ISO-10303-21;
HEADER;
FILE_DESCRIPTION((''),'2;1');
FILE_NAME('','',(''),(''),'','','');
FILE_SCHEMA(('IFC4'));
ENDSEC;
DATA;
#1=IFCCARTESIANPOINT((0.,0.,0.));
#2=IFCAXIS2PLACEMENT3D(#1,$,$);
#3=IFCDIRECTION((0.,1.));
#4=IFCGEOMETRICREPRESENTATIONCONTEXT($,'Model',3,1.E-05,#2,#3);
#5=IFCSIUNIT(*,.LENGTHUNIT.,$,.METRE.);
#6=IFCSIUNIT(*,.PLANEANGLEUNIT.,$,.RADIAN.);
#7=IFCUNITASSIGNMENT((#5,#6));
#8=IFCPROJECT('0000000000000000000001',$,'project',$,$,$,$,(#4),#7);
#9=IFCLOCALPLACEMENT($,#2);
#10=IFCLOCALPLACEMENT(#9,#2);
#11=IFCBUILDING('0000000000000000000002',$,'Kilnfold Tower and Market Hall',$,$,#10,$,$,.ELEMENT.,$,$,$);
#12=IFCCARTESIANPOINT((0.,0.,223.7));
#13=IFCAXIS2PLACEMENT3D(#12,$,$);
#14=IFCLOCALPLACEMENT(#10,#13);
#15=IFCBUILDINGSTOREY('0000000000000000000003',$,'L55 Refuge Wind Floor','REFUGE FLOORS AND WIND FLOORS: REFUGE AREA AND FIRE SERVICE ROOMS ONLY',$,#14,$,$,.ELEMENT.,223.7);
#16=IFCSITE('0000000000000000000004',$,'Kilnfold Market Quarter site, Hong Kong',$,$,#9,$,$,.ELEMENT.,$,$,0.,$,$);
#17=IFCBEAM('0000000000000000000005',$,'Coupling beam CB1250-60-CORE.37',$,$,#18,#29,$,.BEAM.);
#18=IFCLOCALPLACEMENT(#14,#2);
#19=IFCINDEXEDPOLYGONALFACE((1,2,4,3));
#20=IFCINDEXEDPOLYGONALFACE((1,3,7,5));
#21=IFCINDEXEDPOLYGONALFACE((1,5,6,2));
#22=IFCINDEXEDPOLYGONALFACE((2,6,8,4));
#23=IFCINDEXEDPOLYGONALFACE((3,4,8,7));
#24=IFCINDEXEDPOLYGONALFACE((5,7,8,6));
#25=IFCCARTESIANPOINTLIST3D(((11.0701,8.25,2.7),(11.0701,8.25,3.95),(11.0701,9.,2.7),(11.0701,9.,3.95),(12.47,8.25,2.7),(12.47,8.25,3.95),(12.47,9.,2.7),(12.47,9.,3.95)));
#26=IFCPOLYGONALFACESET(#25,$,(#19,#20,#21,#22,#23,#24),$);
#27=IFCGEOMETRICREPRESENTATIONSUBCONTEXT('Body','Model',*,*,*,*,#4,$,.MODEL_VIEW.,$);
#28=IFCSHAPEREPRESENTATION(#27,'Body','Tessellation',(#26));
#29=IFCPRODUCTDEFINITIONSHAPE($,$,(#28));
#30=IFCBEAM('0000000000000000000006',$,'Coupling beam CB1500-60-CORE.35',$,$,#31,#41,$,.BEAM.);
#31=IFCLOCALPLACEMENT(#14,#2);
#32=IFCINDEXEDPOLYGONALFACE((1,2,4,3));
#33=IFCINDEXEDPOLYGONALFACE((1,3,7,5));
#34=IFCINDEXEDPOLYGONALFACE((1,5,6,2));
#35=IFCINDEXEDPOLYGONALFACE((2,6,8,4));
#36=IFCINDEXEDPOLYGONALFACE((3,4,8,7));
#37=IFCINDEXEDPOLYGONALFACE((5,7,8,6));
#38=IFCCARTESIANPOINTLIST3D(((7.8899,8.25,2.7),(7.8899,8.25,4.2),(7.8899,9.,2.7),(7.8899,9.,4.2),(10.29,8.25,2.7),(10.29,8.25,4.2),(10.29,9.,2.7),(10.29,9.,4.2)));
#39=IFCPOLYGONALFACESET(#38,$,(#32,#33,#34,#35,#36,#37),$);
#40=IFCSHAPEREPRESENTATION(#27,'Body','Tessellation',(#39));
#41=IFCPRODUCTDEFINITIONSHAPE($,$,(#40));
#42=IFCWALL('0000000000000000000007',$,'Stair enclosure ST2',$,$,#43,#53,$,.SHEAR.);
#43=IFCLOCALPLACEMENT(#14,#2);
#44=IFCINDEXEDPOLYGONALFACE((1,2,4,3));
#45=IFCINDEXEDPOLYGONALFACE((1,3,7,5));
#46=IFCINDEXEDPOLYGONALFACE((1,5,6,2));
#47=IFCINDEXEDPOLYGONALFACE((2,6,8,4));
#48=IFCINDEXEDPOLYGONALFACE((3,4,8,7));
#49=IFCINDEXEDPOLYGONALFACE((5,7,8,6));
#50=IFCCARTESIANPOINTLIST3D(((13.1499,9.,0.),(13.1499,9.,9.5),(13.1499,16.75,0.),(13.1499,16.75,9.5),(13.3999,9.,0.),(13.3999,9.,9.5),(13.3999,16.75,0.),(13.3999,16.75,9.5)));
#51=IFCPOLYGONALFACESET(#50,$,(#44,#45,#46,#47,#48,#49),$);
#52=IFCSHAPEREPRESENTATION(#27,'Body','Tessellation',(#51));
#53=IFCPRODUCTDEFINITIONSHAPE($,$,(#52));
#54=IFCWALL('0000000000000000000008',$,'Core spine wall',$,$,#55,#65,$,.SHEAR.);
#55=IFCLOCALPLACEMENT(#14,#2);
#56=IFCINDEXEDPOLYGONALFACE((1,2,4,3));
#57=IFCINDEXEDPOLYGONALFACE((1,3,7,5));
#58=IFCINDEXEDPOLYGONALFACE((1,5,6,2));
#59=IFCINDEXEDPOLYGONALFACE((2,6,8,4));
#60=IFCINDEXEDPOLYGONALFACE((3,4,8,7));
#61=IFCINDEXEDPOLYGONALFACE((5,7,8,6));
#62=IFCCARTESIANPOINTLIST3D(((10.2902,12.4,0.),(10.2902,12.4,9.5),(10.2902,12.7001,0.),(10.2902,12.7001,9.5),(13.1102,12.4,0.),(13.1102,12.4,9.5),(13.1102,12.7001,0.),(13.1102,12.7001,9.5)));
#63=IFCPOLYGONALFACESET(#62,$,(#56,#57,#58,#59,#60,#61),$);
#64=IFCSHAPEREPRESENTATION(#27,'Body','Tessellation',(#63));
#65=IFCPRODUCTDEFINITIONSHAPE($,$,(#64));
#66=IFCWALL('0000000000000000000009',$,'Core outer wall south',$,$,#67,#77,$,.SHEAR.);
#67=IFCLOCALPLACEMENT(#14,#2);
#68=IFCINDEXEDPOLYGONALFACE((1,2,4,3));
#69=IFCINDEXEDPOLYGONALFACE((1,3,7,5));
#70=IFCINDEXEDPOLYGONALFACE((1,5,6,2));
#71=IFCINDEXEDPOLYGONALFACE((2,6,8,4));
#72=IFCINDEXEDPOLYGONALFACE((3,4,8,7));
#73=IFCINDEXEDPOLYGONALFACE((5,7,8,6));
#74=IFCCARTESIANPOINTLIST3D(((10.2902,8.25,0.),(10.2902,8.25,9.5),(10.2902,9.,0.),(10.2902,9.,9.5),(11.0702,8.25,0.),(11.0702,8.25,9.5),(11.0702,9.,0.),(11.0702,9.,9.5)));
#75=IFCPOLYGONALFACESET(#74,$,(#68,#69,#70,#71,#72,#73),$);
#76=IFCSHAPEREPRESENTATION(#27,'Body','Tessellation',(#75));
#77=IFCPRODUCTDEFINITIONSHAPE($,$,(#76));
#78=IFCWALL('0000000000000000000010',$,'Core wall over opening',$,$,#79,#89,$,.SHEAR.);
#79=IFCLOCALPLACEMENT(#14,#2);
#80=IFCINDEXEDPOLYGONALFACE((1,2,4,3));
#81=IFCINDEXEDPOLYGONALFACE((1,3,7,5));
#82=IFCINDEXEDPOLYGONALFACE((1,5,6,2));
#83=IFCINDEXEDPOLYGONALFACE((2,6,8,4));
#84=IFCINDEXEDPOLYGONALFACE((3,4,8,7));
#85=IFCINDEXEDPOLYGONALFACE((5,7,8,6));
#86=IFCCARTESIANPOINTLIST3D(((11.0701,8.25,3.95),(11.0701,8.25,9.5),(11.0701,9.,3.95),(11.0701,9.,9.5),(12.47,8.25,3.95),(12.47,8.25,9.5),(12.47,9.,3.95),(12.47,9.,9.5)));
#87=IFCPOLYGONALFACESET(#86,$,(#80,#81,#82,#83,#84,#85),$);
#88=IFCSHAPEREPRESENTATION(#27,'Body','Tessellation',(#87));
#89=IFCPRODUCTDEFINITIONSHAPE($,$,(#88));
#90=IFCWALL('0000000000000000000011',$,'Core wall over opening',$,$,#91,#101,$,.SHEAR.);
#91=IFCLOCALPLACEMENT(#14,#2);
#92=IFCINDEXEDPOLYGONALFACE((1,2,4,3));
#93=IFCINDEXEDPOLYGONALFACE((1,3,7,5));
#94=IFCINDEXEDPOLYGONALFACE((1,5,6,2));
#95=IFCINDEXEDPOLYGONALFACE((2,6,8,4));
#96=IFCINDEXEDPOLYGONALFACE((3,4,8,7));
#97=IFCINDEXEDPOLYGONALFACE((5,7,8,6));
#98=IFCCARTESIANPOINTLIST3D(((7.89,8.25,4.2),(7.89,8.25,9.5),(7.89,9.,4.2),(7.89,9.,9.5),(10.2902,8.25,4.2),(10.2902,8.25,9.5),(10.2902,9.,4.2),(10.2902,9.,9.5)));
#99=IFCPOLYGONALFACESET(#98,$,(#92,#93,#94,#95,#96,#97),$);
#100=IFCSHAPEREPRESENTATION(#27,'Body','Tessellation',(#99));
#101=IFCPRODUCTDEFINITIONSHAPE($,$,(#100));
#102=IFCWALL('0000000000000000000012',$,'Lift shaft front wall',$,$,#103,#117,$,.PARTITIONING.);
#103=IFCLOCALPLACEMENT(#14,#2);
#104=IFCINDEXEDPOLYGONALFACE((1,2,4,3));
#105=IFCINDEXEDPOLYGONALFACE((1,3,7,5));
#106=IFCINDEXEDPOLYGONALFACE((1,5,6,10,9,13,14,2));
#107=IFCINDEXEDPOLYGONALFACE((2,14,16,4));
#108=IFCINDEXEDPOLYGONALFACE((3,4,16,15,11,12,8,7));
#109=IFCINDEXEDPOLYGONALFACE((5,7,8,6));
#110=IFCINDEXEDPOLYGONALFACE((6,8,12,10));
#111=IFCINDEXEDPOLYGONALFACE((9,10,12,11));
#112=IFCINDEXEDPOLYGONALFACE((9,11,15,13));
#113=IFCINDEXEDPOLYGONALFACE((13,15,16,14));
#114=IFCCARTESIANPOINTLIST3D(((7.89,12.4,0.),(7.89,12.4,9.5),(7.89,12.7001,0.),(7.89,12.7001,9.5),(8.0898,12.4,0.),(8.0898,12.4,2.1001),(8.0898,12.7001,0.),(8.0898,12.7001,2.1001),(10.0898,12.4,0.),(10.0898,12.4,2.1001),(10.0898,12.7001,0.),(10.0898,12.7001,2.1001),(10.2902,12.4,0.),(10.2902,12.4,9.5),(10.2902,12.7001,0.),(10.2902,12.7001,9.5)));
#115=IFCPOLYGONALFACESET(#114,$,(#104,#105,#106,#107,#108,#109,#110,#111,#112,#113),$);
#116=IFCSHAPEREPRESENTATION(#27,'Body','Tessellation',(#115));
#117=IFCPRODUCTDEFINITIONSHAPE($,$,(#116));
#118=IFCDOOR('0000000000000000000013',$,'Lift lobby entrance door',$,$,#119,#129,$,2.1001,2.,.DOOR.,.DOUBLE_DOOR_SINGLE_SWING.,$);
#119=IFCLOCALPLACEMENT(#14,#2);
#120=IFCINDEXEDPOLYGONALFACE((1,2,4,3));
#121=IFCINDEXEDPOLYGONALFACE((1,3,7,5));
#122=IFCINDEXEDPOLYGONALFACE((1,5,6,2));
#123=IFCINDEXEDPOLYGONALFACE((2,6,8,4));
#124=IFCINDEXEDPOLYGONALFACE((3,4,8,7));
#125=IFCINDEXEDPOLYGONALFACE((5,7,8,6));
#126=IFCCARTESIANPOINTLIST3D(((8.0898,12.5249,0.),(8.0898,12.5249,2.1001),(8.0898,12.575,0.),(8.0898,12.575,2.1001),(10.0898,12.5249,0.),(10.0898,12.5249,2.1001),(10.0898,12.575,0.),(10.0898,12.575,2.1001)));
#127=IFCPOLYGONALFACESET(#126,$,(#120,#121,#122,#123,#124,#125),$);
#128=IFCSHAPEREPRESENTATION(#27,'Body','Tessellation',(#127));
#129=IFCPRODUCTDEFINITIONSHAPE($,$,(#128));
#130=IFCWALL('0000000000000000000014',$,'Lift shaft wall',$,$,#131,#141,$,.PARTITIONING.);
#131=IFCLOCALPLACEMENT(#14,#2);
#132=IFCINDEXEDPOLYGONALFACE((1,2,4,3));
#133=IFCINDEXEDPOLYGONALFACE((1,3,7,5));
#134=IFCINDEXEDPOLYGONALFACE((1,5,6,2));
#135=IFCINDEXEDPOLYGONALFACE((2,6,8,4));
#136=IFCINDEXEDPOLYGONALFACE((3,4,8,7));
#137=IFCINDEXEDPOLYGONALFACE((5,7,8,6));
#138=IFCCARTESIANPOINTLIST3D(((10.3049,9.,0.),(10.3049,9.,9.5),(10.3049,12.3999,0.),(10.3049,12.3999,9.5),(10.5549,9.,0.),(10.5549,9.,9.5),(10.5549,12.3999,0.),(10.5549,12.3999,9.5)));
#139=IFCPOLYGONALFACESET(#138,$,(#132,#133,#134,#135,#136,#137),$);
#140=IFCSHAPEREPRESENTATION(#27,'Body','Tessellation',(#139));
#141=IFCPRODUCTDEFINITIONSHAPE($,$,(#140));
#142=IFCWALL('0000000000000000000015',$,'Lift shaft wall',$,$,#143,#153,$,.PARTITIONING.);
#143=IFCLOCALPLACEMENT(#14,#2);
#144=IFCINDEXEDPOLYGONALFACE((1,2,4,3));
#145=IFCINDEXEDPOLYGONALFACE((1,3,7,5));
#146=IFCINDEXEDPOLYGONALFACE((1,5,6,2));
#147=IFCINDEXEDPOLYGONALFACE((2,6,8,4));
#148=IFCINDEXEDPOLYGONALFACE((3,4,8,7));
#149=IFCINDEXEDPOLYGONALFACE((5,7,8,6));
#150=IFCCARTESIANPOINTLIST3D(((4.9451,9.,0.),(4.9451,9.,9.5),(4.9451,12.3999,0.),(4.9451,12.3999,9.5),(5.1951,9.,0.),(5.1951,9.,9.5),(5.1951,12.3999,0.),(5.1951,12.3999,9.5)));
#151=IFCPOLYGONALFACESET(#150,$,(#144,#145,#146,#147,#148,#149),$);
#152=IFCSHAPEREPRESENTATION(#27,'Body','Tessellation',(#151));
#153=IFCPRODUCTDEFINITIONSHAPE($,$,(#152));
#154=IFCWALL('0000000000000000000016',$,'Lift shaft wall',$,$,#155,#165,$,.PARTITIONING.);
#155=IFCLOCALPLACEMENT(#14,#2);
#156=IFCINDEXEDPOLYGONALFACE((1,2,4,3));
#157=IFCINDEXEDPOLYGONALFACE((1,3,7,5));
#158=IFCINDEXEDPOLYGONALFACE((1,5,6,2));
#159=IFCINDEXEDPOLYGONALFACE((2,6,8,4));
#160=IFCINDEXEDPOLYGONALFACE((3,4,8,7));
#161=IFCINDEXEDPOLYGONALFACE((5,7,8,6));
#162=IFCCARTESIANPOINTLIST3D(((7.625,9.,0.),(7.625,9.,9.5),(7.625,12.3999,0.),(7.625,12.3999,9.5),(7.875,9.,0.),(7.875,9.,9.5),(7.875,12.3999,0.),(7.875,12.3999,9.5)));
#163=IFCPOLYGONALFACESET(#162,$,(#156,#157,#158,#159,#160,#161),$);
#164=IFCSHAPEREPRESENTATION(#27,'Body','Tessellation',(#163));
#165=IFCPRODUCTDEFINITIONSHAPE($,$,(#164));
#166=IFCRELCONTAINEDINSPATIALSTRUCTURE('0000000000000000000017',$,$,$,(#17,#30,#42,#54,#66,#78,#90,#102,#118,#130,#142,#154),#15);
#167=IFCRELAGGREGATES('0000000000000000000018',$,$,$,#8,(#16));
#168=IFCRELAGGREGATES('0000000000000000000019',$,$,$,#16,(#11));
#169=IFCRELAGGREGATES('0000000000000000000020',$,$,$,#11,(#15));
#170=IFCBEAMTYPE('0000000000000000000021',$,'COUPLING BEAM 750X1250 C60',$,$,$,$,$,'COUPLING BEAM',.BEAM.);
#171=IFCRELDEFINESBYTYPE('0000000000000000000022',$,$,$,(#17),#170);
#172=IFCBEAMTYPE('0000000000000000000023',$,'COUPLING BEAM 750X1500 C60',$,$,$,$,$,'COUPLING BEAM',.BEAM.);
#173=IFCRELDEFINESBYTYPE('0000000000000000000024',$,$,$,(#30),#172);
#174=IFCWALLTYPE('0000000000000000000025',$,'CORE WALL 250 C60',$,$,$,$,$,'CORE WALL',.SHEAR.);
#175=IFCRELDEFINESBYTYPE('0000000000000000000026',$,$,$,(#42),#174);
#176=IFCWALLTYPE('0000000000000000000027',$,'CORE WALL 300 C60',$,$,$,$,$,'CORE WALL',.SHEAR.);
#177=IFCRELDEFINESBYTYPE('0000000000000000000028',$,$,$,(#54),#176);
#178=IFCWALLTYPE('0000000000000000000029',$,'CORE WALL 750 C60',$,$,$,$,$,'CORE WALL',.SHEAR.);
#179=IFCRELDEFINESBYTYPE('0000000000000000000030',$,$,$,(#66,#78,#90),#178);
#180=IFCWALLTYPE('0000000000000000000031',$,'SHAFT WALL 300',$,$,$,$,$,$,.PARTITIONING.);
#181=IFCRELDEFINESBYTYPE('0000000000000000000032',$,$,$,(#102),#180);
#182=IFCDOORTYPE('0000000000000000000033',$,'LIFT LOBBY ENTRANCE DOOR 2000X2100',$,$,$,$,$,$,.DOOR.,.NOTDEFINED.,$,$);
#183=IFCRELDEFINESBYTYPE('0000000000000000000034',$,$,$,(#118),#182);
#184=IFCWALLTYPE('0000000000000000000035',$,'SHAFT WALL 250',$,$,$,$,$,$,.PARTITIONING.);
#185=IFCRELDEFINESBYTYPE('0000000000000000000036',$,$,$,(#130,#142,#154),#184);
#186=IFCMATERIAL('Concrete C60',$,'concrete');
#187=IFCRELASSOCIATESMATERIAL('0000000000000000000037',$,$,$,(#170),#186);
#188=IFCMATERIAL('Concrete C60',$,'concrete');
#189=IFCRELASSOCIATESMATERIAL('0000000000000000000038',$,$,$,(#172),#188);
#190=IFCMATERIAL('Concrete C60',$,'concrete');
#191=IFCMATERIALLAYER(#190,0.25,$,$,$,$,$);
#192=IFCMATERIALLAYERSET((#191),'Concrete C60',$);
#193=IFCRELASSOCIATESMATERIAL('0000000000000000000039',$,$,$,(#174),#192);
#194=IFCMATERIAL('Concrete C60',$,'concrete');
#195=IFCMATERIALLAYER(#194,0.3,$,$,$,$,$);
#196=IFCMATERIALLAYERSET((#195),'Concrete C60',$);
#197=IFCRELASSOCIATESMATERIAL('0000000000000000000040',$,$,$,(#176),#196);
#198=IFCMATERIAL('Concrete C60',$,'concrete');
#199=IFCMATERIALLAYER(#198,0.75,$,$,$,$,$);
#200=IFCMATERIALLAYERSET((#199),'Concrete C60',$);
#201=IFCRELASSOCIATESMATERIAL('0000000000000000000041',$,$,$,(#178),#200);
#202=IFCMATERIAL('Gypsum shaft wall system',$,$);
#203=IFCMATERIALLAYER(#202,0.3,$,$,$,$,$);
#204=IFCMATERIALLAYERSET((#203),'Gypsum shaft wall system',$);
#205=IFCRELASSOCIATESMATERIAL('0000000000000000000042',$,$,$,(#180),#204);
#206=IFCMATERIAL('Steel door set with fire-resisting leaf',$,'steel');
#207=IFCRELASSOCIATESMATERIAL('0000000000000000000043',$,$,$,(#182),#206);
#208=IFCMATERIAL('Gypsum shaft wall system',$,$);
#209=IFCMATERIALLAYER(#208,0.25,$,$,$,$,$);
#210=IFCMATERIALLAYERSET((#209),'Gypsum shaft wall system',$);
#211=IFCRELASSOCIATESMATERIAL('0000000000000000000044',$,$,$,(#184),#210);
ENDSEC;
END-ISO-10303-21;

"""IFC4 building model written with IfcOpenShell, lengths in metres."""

from ifc_helpers import new_model, si_unit, direction, frame, frame_2d, origin, origin_2d, place, context, subcontext, project, spatial, rectangle, extrude, source, transform, mapped, material, layer, layer_set, material_profile, profile_set, type_object, element, fill, save


model = new_model("IFC4")

# Units and contexts
model_context = context("Model", 3, precision=1e-05, world=origin(), true_north=direction((0.0, 1.0)))
body_context = subcontext(model_context, "Body", "Model", "MODEL_VIEW")
ifc_project = project(units=[si_unit("LENGTHUNIT", "METRE"), si_unit("PLANEANGLEUNIT", "RADIAN")], contexts=[model_context])

# Site, building, storey
site_placement = place(None, origin())
site = spatial("IfcSite", under=ifc_project, at=site_placement, Name="Kilnfold Market Quarter site, Hong Kong", CompositionType="ELEMENT", RefElevation=0.0)
building_placement = place(site_placement, origin())
building = spatial("IfcBuilding", under=site, at=building_placement, Name="Kilnfold Tower and Market Hall", CompositionType="ELEMENT")
storey_placement = place(building_placement, frame((0.0, 0.0, 223.7)))
storey = spatial("IfcBuildingStorey", under=building, at=storey_placement, Name="L55 Refuge Wind Floor", Description="REFUGE FLOORS AND WIND FLOORS: REFUGE AREA AND FIRE SERVICE ROOMS ONLY", CompositionType="ELEMENT", Elevation=223.7)

# Beams
ifc_material_1 = material(Name="Concrete C60", Category="concrete")
ifc_material_profile_1 = material_profile(ifc_material_1, rectangle(XDim=0.75, YDim=1.25, at=origin_2d()), Name="RC 750x1250")
ifc_profile_set_1 = profile_set([ifc_material_profile_1], Name="Concrete C60")
beam_type_1 = type_object("IfcBeamType", Name="COUPLING BEAM 750X1250 C60", ElementType="COUPLING BEAM", PredefinedType="BEAM", material=ifc_profile_set_1)
shared_shape_1 = source(origin(), body_context, "Body", "SweptSolid", [
    extrude(rectangle(XDim=0.75, YDim=1.25, at=origin_2d()), origin(), (0.0, 0.0, 1.0), 1.3999),
])
beam_1_placement = place(storey_placement, frame((11.0701, 8.625, 3.325), z_axis=(1.0, 0.0, 0.0), x_axis=(0.0, 1.0, 0.0)))
element("IfcBeam", 1, at=beam_1_placement, inside=storey, type_object=beam_type_1, Name="Coupling beam CB1250-60-CORE.37", PredefinedType="BEAM", context=body_context, shape_type="MappedRepresentation", body=[
    mapped(shared_shape_1, transform((0.0, 0.0, 0.0))),
])
ifc_material_2 = material(Name="Concrete C60", Category="concrete")
ifc_material_profile_2 = material_profile(ifc_material_2, rectangle(XDim=0.75, YDim=1.5, at=origin_2d()), Name="RC 750x1500")
ifc_profile_set_2 = profile_set([ifc_material_profile_2], Name="Concrete C60")
beam_type_2 = type_object("IfcBeamType", Name="COUPLING BEAM 750X1500 C60", ElementType="COUPLING BEAM", PredefinedType="BEAM", material=ifc_profile_set_2)
shared_shape_2 = source(origin(), body_context, "Body", "SweptSolid", [
    extrude(rectangle(XDim=0.75, YDim=1.5, at=origin_2d()), origin(), (0.0, 0.0, 1.0), 2.4001),
])
beam_2_placement = place(storey_placement, frame((7.8899, 8.625, 3.45), z_axis=(1.0, 0.0, 0.0), x_axis=(0.0, 1.0, 0.0)))
element("IfcBeam", 2, at=beam_2_placement, inside=storey, type_object=beam_type_2, Name="Coupling beam CB1500-60-CORE.35", PredefinedType="BEAM", context=body_context, shape_type="MappedRepresentation", body=[
    mapped(shared_shape_2, transform((0.0, 0.0, 0.0))),
])

# Walls
ifc_material_3 = material(Name="Concrete C60", Category="concrete")
ifc_layer_1 = layer(ifc_material_3, 0.25)
ifc_layer_set_1 = layer_set([ifc_layer_1], Name="Concrete C60")
wall_type_1 = type_object("IfcWallType", Name="CORE WALL 250 C60", ElementType="CORE WALL", PredefinedType="SHEAR", material=ifc_layer_set_1)
shared_shape_3 = source(origin(), body_context, "Body", "SweptSolid", [
    extrude(rectangle(XDim=7.75, YDim=0.25, at=frame_2d((3.875, 0.0))), origin(), (0.0, 0.0, 1.0), 9.5),
])
wall_1_placement = place(storey_placement, frame((13.2749, 9.0, 0.0), z_axis=(0.0, 0.0, 1.0), x_axis=(0.0, 1.0, 0.0)))
element("IfcWall", 3, at=wall_1_placement, inside=storey, type_object=wall_type_1, Name="Stair enclosure ST2", PredefinedType="SHEAR", context=body_context, shape_type="MappedRepresentation", body=[
    mapped(shared_shape_3, transform((0.0, 0.0, 0.0))),
])
ifc_material_4 = material(Name="Concrete C60", Category="concrete")
ifc_layer_2 = layer(ifc_material_4, 0.3)
ifc_layer_set_2 = layer_set([ifc_layer_2], Name="Concrete C60")
wall_type_2 = type_object("IfcWallType", Name="CORE WALL 300 C60", ElementType="CORE WALL", PredefinedType="SHEAR", material=ifc_layer_set_2)
shared_shape_4 = source(origin(), body_context, "Body", "SweptSolid", [
    extrude(rectangle(XDim=2.8201, YDim=0.3, at=frame_2d((1.4102, 0.0))), origin(), (0.0, 0.0, 1.0), 9.5),
])
wall_2_placement = place(storey_placement, frame((10.29, 12.55, 0.0), z_axis=(0.0, 0.0, 1.0), x_axis=(1.0, 0.0, 0.0)))
element("IfcWall", 4, at=wall_2_placement, inside=storey, type_object=wall_type_2, Name="Core spine wall", PredefinedType="SHEAR", context=body_context, shape_type="MappedRepresentation", body=[
    mapped(shared_shape_4, transform((0.0, 0.0, 0.0))),
])
ifc_material_5 = material(Name="Concrete C60", Category="concrete")
ifc_layer_3 = layer(ifc_material_5, 0.75)
ifc_layer_set_3 = layer_set([ifc_layer_3], Name="Concrete C60")
wall_type_3 = type_object("IfcWallType", Name="CORE WALL 750 C60", ElementType="CORE WALL", PredefinedType="SHEAR", material=ifc_layer_set_3)
shared_shape_5 = source(origin(), body_context, "Body", "SweptSolid", [
    extrude(rectangle(XDim=0.78, YDim=0.75, at=frame_2d((0.3901, 0.0))), origin(), (0.0, 0.0, 1.0), 9.5),
])
wall_3_placement = place(storey_placement, frame((10.29, 8.625, 0.0), z_axis=(0.0, 0.0, 1.0), x_axis=(1.0, 0.0, 0.0)))
element("IfcWall", 5, at=wall_3_placement, inside=storey, type_object=wall_type_3, Name="Core outer wall south", PredefinedType="SHEAR", context=body_context, shape_type="MappedRepresentation", body=[
    mapped(shared_shape_5, transform((0.0, 0.0, 0.0))),
])

# Walls
shared_shape_6 = source(origin(), body_context, "Body", "SweptSolid", [
    extrude(rectangle(XDim=1.3999, YDim=0.75, at=frame_2d((0.7, 0.0))), origin(), (0.0, 0.0, 1.0), 5.55),
])
wall_4_placement = place(storey_placement, frame((11.0701, 8.625, 3.95), z_axis=(0.0, 0.0, 1.0), x_axis=(1.0, 0.0, 0.0)))
element("IfcWall", 6, at=wall_4_placement, inside=storey, type_object=wall_type_3, Name="Core wall over opening", PredefinedType="SHEAR", context=body_context, shape_type="MappedRepresentation", body=[
    mapped(shared_shape_6, transform((0.0, 0.0, 0.0))),
])
shared_shape_7 = source(origin(), body_context, "Body", "SweptSolid", [
    extrude(rectangle(XDim=2.4001, YDim=0.75, at=frame_2d((1.2002, 0.0))), origin(), (0.0, 0.0, 1.0), 5.3),
])
wall_5_placement = place(storey_placement, frame((7.8899, 8.625, 4.2), z_axis=(0.0, 0.0, 1.0), x_axis=(1.0, 0.0, 0.0)))
element("IfcWall", 7, at=wall_5_placement, inside=storey, type_object=wall_type_3, Name="Core wall over opening", PredefinedType="SHEAR", context=body_context, shape_type="MappedRepresentation", body=[
    mapped(shared_shape_7, transform((0.0, 0.0, 0.0))),
])

# Wall, opening, door
ifc_material_6 = material(Name="Gypsum shaft wall system")
ifc_layer_4 = layer(ifc_material_6, 0.3)
ifc_layer_set_4 = layer_set([ifc_layer_4], Name="Gypsum shaft wall system")
wall_type_4 = type_object("IfcWallType", Name="SHAFT WALL 300", PredefinedType="PARTITIONING", material=ifc_layer_set_4)
shared_shape_8 = source(origin(), body_context, "Body", "SweptSolid", [
    extrude(rectangle(XDim=2.4001, YDim=0.3, at=frame_2d((1.2002, 0.0))), origin(), (0.0, 0.0, 1.0), 9.5),
])
wall_6_placement = place(storey_placement, frame((7.8899, 12.55, 0.0), z_axis=(0.0, 0.0, 1.0), x_axis=(1.0, 0.0, 0.0)))
wall_6 = element("IfcWall", 8, at=wall_6_placement, inside=storey, type_object=wall_type_4, Name="Lift shaft front wall", PredefinedType="PARTITIONING", context=body_context, shape_type="MappedRepresentation", body=[
    mapped(shared_shape_8, transform((0.0, 0.0, 0.0))),
])
opening_1_placement = place(wall_6_placement, frame((0.2, 0.0, 0.0)))
opening_1 = element("IfcOpeningElement", 9, at=opening_1_placement, cuts=wall_6, PredefinedType="OPENING", context=body_context, shape_type="SweptSolid", body=[
    extrude(rectangle(XDim=2.0, YDim=2.1001, at=frame_2d((1.0, 1.05))), frame((0.0, 0.1602, 0.0), z_axis=(0.0, -1.0, 0.0), x_axis=(1.0, 0.0, 0.0)), (0.0, 0.0, 1.0), 0.3201),
])
ifc_material_7 = material(Name="Steel door set with fire-resisting leaf", Category="steel")
door_type_1 = type_object("IfcDoorType", Name="LIFT LOBBY ENTRANCE DOOR 2000X2100", OperationType="NOTDEFINED", PredefinedType="DOOR", material=ifc_material_7)
door_1_placement = place(opening_1_placement, origin())
door_1 = element("IfcDoor", 10, at=door_1_placement, inside=storey, type_object=door_type_1, Name="Lift lobby entrance door", OperationType="DOUBLE_DOOR_SINGLE_SWING", OverallHeight=2.1001, OverallWidth=2.0, PredefinedType="DOOR", context=body_context, shape_type="SweptSolid", body=[
    extrude(rectangle(XDim=2.0, YDim=2.1001, at=frame_2d((1.0, 1.05))), frame((0.0, 0.0249, 0.0), z_axis=(0.0, -1.0, 0.0), x_axis=(1.0, 0.0, 0.0)), (0.0, 0.0, 1.0), 0.05),
])
fill(opening_1, door_1)

# Walls
ifc_material_8 = material(Name="Gypsum shaft wall system")
ifc_layer_5 = layer(ifc_material_8, 0.25)
ifc_layer_set_5 = layer_set([ifc_layer_5], Name="Gypsum shaft wall system")
wall_type_5 = type_object("IfcWallType", Name="SHAFT WALL 250", PredefinedType="PARTITIONING", material=ifc_layer_set_5)
shared_shape_9 = source(origin(), body_context, "Body", "SweptSolid", [
    extrude(rectangle(XDim=3.3999, YDim=0.25, at=frame_2d((1.7, 0.0))), origin(), (0.0, 0.0, 1.0), 9.5),
])
for number, where, z_axis, x_axis, name in (
    (11, (10.4299, 9.0, 0.0), (0.0, 0.0, 1.0), (0.0, 1.0, 0.0), "Lift shaft wall"),
    (12, (5.0701, 9.0, 0.0), (0.0, 0.0, 1.0), (0.0, 1.0, 0.0), "Lift shaft wall"),
    (13, (7.75, 9.0, 0.0), (0.0, 0.0, 1.0), (0.0, 1.0, 0.0), "Lift shaft wall"),
):
    element("IfcWall", number, at=place(storey_placement, frame(where, z_axis=z_axis, x_axis=x_axis)), inside=storey, type_object=wall_type_5, Name=name, PredefinedType="PARTITIONING", context=body_context, shape_type="MappedRepresentation", body=[
        mapped(shared_shape_9, transform((0.0, 0.0, 0.0))),
    ])

save(model, "model.ifc")
